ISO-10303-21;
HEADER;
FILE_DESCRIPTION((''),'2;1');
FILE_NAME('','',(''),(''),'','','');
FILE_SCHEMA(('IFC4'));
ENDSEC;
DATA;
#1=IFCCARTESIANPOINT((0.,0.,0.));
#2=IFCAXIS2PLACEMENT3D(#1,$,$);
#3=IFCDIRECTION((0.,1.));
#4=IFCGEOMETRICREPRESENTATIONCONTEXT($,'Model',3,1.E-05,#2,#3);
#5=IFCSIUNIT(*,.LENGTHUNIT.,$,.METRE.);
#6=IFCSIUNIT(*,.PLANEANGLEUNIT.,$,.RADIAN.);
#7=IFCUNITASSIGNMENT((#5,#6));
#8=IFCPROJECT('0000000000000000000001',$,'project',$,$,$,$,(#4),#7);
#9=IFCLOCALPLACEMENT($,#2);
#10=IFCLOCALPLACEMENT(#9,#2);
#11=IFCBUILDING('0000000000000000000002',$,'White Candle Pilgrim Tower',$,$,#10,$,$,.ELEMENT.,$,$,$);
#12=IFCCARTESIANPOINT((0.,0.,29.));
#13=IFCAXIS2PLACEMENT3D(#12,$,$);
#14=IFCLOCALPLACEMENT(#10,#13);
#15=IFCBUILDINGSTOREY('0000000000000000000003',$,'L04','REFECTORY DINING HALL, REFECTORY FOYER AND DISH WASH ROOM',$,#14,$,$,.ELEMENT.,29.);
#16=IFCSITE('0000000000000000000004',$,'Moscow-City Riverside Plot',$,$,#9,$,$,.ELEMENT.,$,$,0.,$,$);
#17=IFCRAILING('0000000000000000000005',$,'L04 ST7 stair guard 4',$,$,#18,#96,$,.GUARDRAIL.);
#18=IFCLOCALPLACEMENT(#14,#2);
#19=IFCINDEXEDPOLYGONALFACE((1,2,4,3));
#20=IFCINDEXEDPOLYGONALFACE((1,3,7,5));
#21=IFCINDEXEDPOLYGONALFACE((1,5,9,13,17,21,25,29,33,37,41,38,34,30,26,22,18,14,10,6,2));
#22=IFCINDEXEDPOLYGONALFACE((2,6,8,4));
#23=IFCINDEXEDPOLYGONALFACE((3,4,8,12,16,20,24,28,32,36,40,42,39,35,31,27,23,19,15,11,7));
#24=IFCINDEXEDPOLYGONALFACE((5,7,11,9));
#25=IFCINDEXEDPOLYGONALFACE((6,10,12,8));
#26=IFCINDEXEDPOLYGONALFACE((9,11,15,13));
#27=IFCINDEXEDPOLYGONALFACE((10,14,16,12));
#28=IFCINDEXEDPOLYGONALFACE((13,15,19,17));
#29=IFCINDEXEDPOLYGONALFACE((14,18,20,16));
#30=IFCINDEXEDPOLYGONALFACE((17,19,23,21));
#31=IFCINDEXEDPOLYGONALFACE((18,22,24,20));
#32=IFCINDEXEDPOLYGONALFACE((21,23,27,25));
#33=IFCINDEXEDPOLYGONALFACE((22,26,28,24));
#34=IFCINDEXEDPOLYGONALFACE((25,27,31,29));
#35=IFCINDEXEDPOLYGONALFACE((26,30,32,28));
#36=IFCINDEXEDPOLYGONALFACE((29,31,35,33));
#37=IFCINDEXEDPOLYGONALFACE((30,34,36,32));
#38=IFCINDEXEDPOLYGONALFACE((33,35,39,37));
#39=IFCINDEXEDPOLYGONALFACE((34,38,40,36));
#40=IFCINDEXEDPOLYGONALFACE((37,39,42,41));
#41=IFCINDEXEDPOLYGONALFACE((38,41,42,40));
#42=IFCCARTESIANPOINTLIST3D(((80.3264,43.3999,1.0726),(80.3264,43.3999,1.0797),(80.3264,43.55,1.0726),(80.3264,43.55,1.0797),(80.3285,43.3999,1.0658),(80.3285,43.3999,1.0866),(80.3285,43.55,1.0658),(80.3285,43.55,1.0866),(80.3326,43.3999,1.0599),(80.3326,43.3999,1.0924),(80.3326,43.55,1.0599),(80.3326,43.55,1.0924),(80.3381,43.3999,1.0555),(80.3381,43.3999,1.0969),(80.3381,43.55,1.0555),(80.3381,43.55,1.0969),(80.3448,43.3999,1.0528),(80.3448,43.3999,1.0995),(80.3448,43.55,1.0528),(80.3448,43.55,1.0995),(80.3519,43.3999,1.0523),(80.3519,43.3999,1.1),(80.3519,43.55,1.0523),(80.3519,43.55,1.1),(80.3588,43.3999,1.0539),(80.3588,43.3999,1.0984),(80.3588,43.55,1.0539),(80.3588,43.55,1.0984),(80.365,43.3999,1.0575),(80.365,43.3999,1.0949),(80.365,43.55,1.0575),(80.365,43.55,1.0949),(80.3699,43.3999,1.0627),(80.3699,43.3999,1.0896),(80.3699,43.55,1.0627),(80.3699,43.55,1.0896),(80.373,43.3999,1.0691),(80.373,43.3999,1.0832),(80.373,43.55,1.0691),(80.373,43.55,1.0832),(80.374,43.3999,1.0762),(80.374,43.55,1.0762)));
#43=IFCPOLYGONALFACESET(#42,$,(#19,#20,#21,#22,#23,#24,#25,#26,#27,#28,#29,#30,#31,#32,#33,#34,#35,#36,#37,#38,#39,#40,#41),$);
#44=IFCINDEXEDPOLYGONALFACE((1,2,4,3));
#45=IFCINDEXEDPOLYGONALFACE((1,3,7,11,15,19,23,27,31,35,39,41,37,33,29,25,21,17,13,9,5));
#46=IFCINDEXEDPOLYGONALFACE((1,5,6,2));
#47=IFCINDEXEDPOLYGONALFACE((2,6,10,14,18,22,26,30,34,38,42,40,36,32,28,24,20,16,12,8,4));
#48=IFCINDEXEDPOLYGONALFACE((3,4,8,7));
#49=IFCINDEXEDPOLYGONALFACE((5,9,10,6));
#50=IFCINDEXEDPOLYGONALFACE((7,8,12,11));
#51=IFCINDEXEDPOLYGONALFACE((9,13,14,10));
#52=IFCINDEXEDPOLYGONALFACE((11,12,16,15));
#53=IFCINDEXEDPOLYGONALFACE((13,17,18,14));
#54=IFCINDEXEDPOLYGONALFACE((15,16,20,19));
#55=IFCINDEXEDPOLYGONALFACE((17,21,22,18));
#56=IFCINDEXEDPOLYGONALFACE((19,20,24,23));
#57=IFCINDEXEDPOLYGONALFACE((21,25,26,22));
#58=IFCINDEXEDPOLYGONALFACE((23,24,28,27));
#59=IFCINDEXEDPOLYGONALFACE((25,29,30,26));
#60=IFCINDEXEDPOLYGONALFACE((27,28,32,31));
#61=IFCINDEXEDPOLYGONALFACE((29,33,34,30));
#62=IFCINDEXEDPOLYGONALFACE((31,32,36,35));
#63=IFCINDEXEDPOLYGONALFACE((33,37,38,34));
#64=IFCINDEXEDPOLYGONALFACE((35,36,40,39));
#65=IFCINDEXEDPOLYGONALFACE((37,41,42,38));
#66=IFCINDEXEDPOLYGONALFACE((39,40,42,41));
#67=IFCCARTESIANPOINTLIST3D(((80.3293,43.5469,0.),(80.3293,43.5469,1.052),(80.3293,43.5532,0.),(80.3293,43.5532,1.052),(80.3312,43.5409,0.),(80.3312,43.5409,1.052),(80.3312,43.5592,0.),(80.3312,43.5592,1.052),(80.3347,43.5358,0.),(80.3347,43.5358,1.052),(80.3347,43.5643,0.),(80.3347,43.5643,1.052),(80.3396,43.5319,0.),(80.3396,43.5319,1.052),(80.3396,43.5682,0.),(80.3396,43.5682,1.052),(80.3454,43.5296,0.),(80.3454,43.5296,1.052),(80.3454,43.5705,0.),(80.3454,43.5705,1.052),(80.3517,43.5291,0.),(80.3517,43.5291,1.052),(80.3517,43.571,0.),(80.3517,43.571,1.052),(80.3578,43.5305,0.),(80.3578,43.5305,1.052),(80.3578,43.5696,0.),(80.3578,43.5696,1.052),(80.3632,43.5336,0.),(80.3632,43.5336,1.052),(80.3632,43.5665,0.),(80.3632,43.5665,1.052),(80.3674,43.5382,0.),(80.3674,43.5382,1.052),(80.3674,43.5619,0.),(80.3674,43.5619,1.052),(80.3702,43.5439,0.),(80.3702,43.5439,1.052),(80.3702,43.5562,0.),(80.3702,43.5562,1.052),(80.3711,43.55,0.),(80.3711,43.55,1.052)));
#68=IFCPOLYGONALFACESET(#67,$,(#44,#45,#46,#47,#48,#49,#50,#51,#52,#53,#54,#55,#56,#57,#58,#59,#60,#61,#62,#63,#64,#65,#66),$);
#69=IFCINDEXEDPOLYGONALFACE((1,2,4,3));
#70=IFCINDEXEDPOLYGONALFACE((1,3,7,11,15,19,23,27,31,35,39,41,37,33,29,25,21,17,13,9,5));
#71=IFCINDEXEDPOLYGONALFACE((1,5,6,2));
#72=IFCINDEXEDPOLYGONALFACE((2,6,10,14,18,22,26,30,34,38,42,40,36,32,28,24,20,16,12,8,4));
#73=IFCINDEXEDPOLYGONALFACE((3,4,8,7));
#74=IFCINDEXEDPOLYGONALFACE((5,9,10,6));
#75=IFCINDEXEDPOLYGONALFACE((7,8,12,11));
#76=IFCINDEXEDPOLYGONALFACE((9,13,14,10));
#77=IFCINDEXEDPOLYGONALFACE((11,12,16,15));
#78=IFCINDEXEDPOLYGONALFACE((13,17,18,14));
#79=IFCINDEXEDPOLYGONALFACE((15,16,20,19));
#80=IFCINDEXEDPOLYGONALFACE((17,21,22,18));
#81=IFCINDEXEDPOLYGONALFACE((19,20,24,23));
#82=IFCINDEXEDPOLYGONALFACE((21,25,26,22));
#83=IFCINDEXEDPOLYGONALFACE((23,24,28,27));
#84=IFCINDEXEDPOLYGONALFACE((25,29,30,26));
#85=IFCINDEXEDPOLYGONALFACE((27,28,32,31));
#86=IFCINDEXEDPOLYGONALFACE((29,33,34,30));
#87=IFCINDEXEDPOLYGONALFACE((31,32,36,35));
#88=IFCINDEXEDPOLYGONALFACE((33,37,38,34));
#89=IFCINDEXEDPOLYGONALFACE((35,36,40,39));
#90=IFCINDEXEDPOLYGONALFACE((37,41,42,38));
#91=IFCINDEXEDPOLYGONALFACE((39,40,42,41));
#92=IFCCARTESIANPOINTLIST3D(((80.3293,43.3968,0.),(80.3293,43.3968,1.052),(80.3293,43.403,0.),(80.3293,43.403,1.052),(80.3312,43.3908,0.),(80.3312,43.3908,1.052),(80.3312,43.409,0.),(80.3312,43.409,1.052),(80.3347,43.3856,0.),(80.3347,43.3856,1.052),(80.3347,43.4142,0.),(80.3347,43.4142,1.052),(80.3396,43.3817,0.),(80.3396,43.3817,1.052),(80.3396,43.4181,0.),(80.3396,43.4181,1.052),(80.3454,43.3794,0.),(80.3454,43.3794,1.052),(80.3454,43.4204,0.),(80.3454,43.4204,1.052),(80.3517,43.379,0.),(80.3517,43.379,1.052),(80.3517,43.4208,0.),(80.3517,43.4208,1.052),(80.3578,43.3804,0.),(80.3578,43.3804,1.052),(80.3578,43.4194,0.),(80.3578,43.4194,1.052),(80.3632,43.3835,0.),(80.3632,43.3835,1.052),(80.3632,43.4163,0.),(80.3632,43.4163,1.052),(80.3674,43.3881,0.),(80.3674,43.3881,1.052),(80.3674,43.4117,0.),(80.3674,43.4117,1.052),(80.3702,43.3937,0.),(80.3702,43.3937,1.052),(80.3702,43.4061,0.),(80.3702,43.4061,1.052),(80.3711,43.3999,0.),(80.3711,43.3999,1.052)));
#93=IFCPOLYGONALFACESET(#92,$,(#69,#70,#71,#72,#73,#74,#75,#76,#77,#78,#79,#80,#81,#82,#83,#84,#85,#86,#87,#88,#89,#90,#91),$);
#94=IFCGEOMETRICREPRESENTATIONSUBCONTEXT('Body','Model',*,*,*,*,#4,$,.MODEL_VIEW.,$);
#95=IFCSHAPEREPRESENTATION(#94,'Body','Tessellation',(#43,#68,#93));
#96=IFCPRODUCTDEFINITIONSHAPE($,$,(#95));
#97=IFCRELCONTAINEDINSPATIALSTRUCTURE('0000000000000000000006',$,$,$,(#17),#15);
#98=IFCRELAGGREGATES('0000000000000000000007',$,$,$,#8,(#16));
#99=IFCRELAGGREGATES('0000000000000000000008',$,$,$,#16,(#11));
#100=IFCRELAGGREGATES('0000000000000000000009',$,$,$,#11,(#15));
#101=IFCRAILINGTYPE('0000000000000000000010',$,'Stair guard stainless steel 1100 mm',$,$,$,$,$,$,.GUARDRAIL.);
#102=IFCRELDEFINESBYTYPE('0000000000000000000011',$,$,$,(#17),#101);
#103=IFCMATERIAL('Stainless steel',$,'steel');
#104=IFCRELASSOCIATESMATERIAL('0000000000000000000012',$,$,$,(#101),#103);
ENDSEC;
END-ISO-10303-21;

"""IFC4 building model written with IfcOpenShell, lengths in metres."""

from ifc_helpers import new_model, si_unit, direction, frame, origin, origin_2d, place, context, subcontext, project, spatial, circle, extrude, material, type_object, element, save


model = new_model("IFC4")

# Units and contexts
model_context = context("Model", 3, precision=1e-05, world=origin(), true_north=direction((0.0, 1.0)))
body_context = subcontext(model_context, "Body", "Model", "MODEL_VIEW")
ifc_project = project(units=[si_unit("LENGTHUNIT", "METRE"), si_unit("PLANEANGLEUNIT", "RADIAN")], contexts=[model_context])

# Site, building, storey
site_placement = place(None, origin())
site = spatial("IfcSite", under=ifc_project, at=site_placement, Name="Moscow-City Riverside Plot", CompositionType="ELEMENT", RefElevation=0.0)
building_placement = place(site_placement, origin())
building = spatial("IfcBuilding", under=site, at=building_placement, Name="White Candle Pilgrim Tower", CompositionType="ELEMENT")
storey_placement = place(building_placement, frame((0.0, 0.0, 29.0)))
storey = spatial("IfcBuildingStorey", under=building, at=storey_placement, Name="L04", Description="REFECTORY DINING HALL, REFECTORY FOYER AND DISH WASH ROOM", CompositionType="ELEMENT", Elevation=29.0)

# Railing
ifc_material_1 = material(Name="Stainless steel", Category="steel")
railing_type_1 = type_object("IfcRailingType", Name="Stair guard stainless steel 1100 mm", PredefinedType="GUARDRAIL", material=ifc_material_1)
railing_1_placement = place(storey_placement, frame((80.3501, 43.55, 0.0)))
element("IfcRailing", 1, at=railing_1_placement, inside=storey, type_object=railing_type_1, Name="L04 ST7 stair guard 4", PredefinedType="GUARDRAIL", context=body_context, shape_type="SweptSolid", body=[
    extrude(circle(Radius=0.0239, at=origin_2d()), frame((0.0, 0.0, 1.0762), z_axis=(0.0, -1.0, 0.0), x_axis=(1.0, 0.0, 0.0)), (0.0, 0.0, 1.0), 0.1501),
    extrude(circle(Radius=0.021, at=origin_2d()), origin(), (0.0, 0.0, 1.0), 1.052),
    extrude(circle(Radius=0.021, at=origin_2d()), frame((0.0, -0.1501, 0.0)), (0.0, 0.0, 1.0), 1.052),
])

save(model, "model.ifc")
